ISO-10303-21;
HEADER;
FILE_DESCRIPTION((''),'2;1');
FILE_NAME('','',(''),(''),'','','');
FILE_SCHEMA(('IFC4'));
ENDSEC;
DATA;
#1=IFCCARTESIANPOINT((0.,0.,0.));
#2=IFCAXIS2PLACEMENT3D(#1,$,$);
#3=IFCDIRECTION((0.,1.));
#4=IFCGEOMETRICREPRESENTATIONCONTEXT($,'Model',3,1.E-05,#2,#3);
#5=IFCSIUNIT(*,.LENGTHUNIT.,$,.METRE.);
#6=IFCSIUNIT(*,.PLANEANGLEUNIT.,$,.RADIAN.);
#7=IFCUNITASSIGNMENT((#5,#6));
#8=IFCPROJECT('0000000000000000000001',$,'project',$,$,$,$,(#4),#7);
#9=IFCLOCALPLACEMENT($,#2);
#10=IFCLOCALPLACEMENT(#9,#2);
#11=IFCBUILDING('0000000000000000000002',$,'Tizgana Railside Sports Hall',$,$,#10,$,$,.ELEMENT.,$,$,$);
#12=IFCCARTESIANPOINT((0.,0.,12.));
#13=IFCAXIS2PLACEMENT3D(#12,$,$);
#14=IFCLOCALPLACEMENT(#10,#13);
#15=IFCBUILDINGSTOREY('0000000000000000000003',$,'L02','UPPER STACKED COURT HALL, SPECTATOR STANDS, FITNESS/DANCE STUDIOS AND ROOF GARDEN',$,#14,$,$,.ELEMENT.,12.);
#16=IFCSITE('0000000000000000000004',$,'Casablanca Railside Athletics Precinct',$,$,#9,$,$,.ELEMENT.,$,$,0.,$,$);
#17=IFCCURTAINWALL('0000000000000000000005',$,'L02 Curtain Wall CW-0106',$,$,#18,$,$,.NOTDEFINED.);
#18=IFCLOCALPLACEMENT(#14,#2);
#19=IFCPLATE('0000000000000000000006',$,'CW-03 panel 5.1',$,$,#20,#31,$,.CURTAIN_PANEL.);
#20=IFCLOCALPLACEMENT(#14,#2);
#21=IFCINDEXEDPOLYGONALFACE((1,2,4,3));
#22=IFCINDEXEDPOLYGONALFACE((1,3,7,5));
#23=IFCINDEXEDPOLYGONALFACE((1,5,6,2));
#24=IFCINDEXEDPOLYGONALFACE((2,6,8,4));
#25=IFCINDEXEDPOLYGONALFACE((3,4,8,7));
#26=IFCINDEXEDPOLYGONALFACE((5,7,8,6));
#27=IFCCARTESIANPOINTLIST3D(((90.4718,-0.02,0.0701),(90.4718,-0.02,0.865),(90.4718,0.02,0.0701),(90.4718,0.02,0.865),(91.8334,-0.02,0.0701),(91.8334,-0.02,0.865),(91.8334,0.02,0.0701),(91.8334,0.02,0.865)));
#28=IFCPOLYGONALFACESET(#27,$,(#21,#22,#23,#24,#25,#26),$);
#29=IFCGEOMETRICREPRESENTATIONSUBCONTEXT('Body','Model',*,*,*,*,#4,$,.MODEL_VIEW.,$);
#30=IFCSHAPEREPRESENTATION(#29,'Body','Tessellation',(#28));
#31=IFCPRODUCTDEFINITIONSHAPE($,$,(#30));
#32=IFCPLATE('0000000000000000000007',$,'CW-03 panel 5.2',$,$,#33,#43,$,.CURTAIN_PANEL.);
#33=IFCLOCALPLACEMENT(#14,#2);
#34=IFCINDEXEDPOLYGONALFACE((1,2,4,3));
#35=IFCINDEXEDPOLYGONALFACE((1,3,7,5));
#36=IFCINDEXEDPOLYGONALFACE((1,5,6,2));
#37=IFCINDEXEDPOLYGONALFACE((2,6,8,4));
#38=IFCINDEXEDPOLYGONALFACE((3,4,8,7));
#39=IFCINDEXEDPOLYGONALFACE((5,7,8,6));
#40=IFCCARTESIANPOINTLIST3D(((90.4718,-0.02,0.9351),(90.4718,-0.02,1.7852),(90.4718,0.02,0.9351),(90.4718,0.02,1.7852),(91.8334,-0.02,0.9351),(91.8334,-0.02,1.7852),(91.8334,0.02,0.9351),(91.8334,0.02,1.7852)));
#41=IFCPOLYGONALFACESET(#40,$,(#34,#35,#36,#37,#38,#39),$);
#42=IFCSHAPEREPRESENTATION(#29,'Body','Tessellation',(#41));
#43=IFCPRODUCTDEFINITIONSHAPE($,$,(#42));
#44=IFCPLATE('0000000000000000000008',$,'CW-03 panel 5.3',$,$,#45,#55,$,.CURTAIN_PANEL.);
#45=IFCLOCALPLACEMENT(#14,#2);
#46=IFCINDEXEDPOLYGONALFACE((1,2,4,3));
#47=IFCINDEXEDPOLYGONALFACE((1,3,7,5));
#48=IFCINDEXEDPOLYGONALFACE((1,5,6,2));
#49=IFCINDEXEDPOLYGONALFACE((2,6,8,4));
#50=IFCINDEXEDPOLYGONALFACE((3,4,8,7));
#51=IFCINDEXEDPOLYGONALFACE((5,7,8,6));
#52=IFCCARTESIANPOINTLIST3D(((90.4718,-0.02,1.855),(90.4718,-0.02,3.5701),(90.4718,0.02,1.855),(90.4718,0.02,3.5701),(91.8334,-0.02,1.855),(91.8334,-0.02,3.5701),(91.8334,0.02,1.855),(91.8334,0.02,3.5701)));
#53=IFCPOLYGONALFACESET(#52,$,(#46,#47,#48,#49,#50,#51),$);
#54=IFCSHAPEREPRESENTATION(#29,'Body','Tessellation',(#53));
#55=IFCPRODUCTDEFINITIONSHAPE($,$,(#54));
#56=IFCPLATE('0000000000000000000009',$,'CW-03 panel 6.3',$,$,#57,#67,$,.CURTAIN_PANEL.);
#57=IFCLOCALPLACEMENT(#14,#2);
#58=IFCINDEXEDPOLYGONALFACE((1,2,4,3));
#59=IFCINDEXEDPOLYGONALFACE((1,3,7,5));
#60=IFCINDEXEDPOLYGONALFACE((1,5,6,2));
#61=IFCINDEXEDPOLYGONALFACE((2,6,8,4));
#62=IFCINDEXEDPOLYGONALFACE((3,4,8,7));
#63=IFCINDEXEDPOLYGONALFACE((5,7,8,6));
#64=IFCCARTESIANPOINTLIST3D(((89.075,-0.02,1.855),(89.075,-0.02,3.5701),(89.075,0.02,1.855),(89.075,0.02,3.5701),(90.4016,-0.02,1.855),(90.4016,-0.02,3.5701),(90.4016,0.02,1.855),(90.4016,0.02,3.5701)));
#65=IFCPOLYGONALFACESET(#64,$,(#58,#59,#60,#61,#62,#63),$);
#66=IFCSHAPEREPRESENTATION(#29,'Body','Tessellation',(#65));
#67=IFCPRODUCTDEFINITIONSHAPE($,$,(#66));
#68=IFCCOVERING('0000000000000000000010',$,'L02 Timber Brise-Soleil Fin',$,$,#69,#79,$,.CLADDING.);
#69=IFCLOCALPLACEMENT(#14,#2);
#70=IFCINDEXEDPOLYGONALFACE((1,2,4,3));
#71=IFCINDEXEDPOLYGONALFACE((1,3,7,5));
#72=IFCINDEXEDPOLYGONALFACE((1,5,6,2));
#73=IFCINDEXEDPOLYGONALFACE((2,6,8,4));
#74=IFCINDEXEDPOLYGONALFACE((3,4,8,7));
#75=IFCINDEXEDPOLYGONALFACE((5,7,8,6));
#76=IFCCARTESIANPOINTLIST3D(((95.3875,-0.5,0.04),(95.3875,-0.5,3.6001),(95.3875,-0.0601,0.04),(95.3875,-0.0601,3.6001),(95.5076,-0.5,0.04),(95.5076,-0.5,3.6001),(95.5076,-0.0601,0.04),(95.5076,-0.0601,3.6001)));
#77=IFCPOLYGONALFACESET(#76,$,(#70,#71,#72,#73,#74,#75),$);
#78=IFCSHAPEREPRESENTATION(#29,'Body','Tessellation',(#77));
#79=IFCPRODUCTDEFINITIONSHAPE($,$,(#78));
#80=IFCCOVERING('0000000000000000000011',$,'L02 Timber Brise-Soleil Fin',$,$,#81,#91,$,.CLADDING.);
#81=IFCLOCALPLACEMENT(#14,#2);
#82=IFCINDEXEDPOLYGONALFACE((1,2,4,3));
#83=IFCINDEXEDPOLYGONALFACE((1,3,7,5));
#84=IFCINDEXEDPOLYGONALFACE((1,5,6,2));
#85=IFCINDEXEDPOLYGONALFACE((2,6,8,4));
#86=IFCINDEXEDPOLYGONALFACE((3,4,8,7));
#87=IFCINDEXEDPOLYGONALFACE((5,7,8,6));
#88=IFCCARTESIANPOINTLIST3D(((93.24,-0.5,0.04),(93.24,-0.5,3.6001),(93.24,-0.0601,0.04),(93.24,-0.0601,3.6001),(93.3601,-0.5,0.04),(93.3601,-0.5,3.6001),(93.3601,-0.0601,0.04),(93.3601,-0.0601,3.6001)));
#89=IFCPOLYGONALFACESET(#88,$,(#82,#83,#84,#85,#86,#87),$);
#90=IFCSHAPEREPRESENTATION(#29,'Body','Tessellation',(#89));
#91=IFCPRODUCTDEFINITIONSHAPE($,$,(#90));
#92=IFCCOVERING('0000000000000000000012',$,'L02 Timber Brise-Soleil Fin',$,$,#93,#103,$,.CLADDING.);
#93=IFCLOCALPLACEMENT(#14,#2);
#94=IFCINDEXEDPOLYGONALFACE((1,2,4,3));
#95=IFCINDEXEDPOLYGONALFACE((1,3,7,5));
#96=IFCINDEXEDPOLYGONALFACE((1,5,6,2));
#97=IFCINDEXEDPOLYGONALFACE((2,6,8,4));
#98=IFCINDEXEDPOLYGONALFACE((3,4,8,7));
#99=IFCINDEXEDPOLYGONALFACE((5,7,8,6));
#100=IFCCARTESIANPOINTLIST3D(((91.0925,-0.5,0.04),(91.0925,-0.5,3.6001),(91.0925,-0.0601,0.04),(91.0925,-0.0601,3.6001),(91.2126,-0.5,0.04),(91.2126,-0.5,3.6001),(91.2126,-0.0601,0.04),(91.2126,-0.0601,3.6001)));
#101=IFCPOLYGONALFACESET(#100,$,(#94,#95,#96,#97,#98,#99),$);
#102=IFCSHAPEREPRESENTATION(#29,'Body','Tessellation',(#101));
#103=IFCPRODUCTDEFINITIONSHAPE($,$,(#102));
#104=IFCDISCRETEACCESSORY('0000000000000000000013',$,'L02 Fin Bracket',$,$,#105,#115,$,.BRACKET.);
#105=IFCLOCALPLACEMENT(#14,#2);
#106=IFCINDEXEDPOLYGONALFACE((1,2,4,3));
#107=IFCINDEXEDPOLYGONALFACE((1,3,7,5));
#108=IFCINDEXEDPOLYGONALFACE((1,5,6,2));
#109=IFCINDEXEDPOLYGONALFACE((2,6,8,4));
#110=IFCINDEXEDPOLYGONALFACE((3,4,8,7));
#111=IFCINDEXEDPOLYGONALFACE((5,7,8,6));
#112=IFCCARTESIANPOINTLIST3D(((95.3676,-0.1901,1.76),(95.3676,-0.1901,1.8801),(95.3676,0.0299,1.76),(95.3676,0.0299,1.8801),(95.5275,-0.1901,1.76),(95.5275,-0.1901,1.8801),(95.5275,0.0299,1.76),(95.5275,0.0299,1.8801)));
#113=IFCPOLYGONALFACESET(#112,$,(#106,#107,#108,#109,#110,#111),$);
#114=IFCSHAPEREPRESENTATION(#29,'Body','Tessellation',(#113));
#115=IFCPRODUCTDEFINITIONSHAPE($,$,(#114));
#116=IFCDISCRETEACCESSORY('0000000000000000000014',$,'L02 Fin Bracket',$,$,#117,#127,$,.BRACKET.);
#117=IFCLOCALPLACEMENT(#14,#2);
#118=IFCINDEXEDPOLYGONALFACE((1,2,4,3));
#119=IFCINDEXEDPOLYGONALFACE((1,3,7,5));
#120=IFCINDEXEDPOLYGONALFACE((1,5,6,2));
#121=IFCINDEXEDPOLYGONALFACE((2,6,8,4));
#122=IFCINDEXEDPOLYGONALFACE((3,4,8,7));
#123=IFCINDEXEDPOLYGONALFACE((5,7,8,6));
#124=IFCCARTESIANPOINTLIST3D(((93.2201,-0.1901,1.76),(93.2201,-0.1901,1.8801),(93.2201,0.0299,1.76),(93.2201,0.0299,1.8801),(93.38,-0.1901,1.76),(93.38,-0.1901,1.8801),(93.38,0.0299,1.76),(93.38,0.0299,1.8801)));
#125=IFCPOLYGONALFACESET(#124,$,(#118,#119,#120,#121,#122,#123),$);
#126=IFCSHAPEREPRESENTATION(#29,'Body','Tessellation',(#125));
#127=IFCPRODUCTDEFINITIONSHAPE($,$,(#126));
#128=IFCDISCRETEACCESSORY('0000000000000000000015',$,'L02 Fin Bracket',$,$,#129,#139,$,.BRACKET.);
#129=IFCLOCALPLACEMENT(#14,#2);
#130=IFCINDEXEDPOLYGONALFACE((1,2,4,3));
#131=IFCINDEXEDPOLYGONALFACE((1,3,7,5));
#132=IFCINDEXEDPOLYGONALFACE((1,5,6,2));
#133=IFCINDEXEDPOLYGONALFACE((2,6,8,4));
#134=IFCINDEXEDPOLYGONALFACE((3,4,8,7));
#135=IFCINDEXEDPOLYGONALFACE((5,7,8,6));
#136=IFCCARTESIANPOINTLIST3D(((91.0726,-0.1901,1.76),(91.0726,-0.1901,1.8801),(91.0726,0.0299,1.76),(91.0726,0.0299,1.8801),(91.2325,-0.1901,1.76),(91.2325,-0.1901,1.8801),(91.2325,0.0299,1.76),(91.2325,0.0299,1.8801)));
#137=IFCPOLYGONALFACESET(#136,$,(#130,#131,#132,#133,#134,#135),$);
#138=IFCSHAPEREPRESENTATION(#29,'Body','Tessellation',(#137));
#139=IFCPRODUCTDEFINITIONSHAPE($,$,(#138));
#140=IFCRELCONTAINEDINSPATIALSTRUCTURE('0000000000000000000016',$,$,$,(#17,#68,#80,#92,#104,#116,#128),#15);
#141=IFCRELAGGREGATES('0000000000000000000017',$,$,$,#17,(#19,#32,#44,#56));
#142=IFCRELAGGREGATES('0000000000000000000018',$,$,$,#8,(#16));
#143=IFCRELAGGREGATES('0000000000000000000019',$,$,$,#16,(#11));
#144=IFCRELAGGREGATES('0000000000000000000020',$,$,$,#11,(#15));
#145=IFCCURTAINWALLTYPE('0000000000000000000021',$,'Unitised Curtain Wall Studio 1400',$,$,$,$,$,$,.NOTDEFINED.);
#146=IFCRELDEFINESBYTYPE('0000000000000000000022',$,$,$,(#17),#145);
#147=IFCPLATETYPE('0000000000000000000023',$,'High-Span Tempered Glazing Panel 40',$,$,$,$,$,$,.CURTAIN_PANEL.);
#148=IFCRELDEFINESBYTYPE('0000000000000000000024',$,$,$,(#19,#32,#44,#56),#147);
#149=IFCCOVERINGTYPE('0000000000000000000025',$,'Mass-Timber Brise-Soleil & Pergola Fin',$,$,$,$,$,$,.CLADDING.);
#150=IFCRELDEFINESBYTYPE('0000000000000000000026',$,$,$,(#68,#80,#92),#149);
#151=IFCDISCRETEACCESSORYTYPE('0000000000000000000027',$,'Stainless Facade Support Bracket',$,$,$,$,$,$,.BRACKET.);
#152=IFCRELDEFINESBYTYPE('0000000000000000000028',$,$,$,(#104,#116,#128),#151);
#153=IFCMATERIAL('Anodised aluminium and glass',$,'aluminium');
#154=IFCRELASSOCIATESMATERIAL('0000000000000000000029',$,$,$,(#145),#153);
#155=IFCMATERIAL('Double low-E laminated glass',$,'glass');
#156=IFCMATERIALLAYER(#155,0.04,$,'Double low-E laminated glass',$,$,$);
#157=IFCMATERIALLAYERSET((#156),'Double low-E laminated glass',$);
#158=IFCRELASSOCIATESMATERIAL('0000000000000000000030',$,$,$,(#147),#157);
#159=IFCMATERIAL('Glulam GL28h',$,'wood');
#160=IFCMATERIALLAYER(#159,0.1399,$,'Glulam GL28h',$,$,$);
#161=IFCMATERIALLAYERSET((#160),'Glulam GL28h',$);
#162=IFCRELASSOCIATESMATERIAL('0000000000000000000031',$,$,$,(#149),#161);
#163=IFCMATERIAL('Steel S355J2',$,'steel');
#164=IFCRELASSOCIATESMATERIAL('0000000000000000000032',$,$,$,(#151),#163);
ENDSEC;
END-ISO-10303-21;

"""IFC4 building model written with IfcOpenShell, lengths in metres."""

from ifc_helpers import new_model, si_unit, direction, frame, origin, origin_2d, place, context, subcontext, project, spatial, rectangle, extrude, material, layer, layer_set, type_object, element, aggregate, save


model = new_model("IFC4")

# Units and contexts
model_context = context("Model", 3, precision=1e-05, world=origin(), true_north=direction((0.0, 1.0)))
body_context = subcontext(model_context, "Body", "Model", "MODEL_VIEW")
ifc_project = project(units=[si_unit("LENGTHUNIT", "METRE"), si_unit("PLANEANGLEUNIT", "RADIAN")], contexts=[model_context])

# Site, building, storey
site_placement = place(None, origin())
site = spatial("IfcSite", under=ifc_project, at=site_placement, Name="Casablanca Railside Athletics Precinct", CompositionType="ELEMENT", RefElevation=0.0)
building_placement = place(site_placement, origin())
building = spatial("IfcBuilding", under=site, at=building_placement, Name="Tizgana Railside Sports Hall", CompositionType="ELEMENT")
storey_placement = place(building_placement, frame((0.0, 0.0, 12.0)))
storey = spatial("IfcBuildingStorey", under=building, at=storey_placement, Name="L02", Description="UPPER STACKED COURT HALL, SPECTATOR STANDS, FITNESS/DANCE STUDIOS AND ROOF GARDEN", CompositionType="ELEMENT", Elevation=12.0)

# Curtain wall, plates
ifc_material_1 = material(Name="Anodised aluminium and glass", Category="aluminium")
curtain_wall_type = type_object("IfcCurtainWallType", Name="Unitised Curtain Wall Studio 1400", PredefinedType="NOTDEFINED", material=ifc_material_1)
curtain_wall_placement = place(storey_placement, origin())
curtain_wall = element("IfcCurtainWall", 1, at=curtain_wall_placement, inside=storey, type_object=curtain_wall_type, Name="L02 Curtain Wall CW-0106", PredefinedType="NOTDEFINED")
ifc_material_2 = material(Name="Double low-E laminated glass", Category="glass")
ifc_layer_1 = layer(ifc_material_2, 0.04, Name="Double low-E laminated glass")
ifc_layer_set_1 = layer_set([ifc_layer_1], Name="Double low-E laminated glass")
plate_type = type_object("IfcPlateType", Name="High-Span Tempered Glazing Panel 40", PredefinedType="CURTAIN_PANEL", material=ifc_layer_set_1)
plate_1_placement = place(storey_placement, frame((91.1526, 0.0, 0.0701), z_axis=(0.0, 0.0, 1.0), x_axis=(-1.0, 0.0, 0.0)))
plate_1 = element("IfcPlate", 2, at=plate_1_placement, type_object=plate_type, Name="CW-03 panel 5.1", PredefinedType="CURTAIN_PANEL", context=body_context, shape_type="SweptSolid", body=[
    extrude(rectangle(XDim=1.3616, YDim=0.04, at=origin_2d()), origin(), (0.0, 0.0, 1.0), 0.7949),
])
plate_2_placement = place(storey_placement, frame((91.1526, 0.0, 0.9351), z_axis=(0.0, 0.0, 1.0), x_axis=(-1.0, 0.0, 0.0)))
plate_2 = element("IfcPlate", 3, at=plate_2_placement, type_object=plate_type, Name="CW-03 panel 5.2", PredefinedType="CURTAIN_PANEL", context=body_context, shape_type="SweptSolid", body=[
    extrude(rectangle(XDim=1.3616, YDim=0.04, at=origin_2d()), origin(), (0.0, 0.0, 1.0), 0.8501),
])
plate_3_placement = place(storey_placement, frame((91.1526, 0.0, 1.855), z_axis=(0.0, 0.0, 1.0), x_axis=(-1.0, 0.0, 0.0)))
plate_3 = element("IfcPlate", 4, at=plate_3_placement, type_object=plate_type, Name="CW-03 panel 5.3", PredefinedType="CURTAIN_PANEL", context=body_context, shape_type="SweptSolid", body=[
    extrude(rectangle(XDim=1.3616, YDim=0.04, at=origin_2d()), origin(), (0.0, 0.0, 1.0), 1.7151),
])
plate_4_placement = place(storey_placement, frame((89.7383, 0.0, 1.855), z_axis=(0.0, 0.0, 1.0), x_axis=(-1.0, 0.0, 0.0)))
plate_4 = element("IfcPlate", 5, at=plate_4_placement, type_object=plate_type, Name="CW-03 panel 6.3", PredefinedType="CURTAIN_PANEL", context=body_context, shape_type="SweptSolid", body=[
    extrude(rectangle(XDim=1.3267, YDim=0.04, at=origin_2d()), origin(), (0.0, 0.0, 1.0), 1.7151),
])
aggregate(curtain_wall, [plate_1, plate_2, plate_3, plate_4])

# Coverings
ifc_material_3 = material(Name="Glulam GL28h", Category="wood")
ifc_layer_2 = layer(ifc_material_3, 0.1399, Name="Glulam GL28h")
ifc_layer_set_2 = layer_set([ifc_layer_2], Name="Glulam GL28h")
covering_type = type_object("IfcCoveringType", Name="Mass-Timber Brise-Soleil & Pergola Fin", PredefinedType="CLADDING", material=ifc_layer_set_2)
for number, where, z_axis, x_axis, name in (
    (6, (95.4475, -0.28, 0.04), (0.0, 0.0, 1.0), (-1.0, 0.0, 0.0), "L02 Timber Brise-Soleil Fin"),
    (7, (93.3, -0.28, 0.04), (0.0, 0.0, 1.0), (-1.0, 0.0, 0.0), "L02 Timber Brise-Soleil Fin"),
    (8, (91.1526, -0.28, 0.04), (0.0, 0.0, 1.0), (-1.0, 0.0, 0.0), "L02 Timber Brise-Soleil Fin"),
):
    element("IfcCovering", number, at=place(storey_placement, frame(where, z_axis=z_axis, x_axis=x_axis)), inside=storey, type_object=covering_type, Name=name, PredefinedType="CLADDING", context=body_context, shape_type="SweptSolid", body=[
        extrude(rectangle(XDim=0.1201, YDim=0.4399, at=origin_2d()), origin(), (0.0, 0.0, 1.0), 3.5601),
    ])

# Discrete accessories
ifc_material_4 = material(Name="Steel S355J2", Category="steel")
discrete_accessory_type = type_object("IfcDiscreteAccessoryType", Name="Stainless Facade Support Bracket", PredefinedType="BRACKET", material=ifc_material_4)
for number, where, z_axis, x_axis, name in (
    (9, (95.4475, -0.0801, 1.76), (0.0, 0.0, 1.0), (-1.0, 0.0, 0.0), "L02 Fin Bracket"),
    (10, (93.3, -0.0801, 1.76), (0.0, 0.0, 1.0), (-1.0, 0.0, 0.0), "L02 Fin Bracket"),
    (11, (91.1526, -0.0801, 1.76), (0.0, 0.0, 1.0), (-1.0, 0.0, 0.0), "L02 Fin Bracket"),
):
    element("IfcDiscreteAccessory", number, at=place(storey_placement, frame(where, z_axis=z_axis, x_axis=x_axis)), inside=storey, type_object=discrete_accessory_type, Name=name, PredefinedType="BRACKET", context=body_context, shape_type="SweptSolid", body=[
        extrude(rectangle(XDim=0.1599, YDim=0.22, at=origin_2d()), origin(), (0.0, 0.0, 1.0), 0.1201),
    ])

save(model, "model.ifc")
